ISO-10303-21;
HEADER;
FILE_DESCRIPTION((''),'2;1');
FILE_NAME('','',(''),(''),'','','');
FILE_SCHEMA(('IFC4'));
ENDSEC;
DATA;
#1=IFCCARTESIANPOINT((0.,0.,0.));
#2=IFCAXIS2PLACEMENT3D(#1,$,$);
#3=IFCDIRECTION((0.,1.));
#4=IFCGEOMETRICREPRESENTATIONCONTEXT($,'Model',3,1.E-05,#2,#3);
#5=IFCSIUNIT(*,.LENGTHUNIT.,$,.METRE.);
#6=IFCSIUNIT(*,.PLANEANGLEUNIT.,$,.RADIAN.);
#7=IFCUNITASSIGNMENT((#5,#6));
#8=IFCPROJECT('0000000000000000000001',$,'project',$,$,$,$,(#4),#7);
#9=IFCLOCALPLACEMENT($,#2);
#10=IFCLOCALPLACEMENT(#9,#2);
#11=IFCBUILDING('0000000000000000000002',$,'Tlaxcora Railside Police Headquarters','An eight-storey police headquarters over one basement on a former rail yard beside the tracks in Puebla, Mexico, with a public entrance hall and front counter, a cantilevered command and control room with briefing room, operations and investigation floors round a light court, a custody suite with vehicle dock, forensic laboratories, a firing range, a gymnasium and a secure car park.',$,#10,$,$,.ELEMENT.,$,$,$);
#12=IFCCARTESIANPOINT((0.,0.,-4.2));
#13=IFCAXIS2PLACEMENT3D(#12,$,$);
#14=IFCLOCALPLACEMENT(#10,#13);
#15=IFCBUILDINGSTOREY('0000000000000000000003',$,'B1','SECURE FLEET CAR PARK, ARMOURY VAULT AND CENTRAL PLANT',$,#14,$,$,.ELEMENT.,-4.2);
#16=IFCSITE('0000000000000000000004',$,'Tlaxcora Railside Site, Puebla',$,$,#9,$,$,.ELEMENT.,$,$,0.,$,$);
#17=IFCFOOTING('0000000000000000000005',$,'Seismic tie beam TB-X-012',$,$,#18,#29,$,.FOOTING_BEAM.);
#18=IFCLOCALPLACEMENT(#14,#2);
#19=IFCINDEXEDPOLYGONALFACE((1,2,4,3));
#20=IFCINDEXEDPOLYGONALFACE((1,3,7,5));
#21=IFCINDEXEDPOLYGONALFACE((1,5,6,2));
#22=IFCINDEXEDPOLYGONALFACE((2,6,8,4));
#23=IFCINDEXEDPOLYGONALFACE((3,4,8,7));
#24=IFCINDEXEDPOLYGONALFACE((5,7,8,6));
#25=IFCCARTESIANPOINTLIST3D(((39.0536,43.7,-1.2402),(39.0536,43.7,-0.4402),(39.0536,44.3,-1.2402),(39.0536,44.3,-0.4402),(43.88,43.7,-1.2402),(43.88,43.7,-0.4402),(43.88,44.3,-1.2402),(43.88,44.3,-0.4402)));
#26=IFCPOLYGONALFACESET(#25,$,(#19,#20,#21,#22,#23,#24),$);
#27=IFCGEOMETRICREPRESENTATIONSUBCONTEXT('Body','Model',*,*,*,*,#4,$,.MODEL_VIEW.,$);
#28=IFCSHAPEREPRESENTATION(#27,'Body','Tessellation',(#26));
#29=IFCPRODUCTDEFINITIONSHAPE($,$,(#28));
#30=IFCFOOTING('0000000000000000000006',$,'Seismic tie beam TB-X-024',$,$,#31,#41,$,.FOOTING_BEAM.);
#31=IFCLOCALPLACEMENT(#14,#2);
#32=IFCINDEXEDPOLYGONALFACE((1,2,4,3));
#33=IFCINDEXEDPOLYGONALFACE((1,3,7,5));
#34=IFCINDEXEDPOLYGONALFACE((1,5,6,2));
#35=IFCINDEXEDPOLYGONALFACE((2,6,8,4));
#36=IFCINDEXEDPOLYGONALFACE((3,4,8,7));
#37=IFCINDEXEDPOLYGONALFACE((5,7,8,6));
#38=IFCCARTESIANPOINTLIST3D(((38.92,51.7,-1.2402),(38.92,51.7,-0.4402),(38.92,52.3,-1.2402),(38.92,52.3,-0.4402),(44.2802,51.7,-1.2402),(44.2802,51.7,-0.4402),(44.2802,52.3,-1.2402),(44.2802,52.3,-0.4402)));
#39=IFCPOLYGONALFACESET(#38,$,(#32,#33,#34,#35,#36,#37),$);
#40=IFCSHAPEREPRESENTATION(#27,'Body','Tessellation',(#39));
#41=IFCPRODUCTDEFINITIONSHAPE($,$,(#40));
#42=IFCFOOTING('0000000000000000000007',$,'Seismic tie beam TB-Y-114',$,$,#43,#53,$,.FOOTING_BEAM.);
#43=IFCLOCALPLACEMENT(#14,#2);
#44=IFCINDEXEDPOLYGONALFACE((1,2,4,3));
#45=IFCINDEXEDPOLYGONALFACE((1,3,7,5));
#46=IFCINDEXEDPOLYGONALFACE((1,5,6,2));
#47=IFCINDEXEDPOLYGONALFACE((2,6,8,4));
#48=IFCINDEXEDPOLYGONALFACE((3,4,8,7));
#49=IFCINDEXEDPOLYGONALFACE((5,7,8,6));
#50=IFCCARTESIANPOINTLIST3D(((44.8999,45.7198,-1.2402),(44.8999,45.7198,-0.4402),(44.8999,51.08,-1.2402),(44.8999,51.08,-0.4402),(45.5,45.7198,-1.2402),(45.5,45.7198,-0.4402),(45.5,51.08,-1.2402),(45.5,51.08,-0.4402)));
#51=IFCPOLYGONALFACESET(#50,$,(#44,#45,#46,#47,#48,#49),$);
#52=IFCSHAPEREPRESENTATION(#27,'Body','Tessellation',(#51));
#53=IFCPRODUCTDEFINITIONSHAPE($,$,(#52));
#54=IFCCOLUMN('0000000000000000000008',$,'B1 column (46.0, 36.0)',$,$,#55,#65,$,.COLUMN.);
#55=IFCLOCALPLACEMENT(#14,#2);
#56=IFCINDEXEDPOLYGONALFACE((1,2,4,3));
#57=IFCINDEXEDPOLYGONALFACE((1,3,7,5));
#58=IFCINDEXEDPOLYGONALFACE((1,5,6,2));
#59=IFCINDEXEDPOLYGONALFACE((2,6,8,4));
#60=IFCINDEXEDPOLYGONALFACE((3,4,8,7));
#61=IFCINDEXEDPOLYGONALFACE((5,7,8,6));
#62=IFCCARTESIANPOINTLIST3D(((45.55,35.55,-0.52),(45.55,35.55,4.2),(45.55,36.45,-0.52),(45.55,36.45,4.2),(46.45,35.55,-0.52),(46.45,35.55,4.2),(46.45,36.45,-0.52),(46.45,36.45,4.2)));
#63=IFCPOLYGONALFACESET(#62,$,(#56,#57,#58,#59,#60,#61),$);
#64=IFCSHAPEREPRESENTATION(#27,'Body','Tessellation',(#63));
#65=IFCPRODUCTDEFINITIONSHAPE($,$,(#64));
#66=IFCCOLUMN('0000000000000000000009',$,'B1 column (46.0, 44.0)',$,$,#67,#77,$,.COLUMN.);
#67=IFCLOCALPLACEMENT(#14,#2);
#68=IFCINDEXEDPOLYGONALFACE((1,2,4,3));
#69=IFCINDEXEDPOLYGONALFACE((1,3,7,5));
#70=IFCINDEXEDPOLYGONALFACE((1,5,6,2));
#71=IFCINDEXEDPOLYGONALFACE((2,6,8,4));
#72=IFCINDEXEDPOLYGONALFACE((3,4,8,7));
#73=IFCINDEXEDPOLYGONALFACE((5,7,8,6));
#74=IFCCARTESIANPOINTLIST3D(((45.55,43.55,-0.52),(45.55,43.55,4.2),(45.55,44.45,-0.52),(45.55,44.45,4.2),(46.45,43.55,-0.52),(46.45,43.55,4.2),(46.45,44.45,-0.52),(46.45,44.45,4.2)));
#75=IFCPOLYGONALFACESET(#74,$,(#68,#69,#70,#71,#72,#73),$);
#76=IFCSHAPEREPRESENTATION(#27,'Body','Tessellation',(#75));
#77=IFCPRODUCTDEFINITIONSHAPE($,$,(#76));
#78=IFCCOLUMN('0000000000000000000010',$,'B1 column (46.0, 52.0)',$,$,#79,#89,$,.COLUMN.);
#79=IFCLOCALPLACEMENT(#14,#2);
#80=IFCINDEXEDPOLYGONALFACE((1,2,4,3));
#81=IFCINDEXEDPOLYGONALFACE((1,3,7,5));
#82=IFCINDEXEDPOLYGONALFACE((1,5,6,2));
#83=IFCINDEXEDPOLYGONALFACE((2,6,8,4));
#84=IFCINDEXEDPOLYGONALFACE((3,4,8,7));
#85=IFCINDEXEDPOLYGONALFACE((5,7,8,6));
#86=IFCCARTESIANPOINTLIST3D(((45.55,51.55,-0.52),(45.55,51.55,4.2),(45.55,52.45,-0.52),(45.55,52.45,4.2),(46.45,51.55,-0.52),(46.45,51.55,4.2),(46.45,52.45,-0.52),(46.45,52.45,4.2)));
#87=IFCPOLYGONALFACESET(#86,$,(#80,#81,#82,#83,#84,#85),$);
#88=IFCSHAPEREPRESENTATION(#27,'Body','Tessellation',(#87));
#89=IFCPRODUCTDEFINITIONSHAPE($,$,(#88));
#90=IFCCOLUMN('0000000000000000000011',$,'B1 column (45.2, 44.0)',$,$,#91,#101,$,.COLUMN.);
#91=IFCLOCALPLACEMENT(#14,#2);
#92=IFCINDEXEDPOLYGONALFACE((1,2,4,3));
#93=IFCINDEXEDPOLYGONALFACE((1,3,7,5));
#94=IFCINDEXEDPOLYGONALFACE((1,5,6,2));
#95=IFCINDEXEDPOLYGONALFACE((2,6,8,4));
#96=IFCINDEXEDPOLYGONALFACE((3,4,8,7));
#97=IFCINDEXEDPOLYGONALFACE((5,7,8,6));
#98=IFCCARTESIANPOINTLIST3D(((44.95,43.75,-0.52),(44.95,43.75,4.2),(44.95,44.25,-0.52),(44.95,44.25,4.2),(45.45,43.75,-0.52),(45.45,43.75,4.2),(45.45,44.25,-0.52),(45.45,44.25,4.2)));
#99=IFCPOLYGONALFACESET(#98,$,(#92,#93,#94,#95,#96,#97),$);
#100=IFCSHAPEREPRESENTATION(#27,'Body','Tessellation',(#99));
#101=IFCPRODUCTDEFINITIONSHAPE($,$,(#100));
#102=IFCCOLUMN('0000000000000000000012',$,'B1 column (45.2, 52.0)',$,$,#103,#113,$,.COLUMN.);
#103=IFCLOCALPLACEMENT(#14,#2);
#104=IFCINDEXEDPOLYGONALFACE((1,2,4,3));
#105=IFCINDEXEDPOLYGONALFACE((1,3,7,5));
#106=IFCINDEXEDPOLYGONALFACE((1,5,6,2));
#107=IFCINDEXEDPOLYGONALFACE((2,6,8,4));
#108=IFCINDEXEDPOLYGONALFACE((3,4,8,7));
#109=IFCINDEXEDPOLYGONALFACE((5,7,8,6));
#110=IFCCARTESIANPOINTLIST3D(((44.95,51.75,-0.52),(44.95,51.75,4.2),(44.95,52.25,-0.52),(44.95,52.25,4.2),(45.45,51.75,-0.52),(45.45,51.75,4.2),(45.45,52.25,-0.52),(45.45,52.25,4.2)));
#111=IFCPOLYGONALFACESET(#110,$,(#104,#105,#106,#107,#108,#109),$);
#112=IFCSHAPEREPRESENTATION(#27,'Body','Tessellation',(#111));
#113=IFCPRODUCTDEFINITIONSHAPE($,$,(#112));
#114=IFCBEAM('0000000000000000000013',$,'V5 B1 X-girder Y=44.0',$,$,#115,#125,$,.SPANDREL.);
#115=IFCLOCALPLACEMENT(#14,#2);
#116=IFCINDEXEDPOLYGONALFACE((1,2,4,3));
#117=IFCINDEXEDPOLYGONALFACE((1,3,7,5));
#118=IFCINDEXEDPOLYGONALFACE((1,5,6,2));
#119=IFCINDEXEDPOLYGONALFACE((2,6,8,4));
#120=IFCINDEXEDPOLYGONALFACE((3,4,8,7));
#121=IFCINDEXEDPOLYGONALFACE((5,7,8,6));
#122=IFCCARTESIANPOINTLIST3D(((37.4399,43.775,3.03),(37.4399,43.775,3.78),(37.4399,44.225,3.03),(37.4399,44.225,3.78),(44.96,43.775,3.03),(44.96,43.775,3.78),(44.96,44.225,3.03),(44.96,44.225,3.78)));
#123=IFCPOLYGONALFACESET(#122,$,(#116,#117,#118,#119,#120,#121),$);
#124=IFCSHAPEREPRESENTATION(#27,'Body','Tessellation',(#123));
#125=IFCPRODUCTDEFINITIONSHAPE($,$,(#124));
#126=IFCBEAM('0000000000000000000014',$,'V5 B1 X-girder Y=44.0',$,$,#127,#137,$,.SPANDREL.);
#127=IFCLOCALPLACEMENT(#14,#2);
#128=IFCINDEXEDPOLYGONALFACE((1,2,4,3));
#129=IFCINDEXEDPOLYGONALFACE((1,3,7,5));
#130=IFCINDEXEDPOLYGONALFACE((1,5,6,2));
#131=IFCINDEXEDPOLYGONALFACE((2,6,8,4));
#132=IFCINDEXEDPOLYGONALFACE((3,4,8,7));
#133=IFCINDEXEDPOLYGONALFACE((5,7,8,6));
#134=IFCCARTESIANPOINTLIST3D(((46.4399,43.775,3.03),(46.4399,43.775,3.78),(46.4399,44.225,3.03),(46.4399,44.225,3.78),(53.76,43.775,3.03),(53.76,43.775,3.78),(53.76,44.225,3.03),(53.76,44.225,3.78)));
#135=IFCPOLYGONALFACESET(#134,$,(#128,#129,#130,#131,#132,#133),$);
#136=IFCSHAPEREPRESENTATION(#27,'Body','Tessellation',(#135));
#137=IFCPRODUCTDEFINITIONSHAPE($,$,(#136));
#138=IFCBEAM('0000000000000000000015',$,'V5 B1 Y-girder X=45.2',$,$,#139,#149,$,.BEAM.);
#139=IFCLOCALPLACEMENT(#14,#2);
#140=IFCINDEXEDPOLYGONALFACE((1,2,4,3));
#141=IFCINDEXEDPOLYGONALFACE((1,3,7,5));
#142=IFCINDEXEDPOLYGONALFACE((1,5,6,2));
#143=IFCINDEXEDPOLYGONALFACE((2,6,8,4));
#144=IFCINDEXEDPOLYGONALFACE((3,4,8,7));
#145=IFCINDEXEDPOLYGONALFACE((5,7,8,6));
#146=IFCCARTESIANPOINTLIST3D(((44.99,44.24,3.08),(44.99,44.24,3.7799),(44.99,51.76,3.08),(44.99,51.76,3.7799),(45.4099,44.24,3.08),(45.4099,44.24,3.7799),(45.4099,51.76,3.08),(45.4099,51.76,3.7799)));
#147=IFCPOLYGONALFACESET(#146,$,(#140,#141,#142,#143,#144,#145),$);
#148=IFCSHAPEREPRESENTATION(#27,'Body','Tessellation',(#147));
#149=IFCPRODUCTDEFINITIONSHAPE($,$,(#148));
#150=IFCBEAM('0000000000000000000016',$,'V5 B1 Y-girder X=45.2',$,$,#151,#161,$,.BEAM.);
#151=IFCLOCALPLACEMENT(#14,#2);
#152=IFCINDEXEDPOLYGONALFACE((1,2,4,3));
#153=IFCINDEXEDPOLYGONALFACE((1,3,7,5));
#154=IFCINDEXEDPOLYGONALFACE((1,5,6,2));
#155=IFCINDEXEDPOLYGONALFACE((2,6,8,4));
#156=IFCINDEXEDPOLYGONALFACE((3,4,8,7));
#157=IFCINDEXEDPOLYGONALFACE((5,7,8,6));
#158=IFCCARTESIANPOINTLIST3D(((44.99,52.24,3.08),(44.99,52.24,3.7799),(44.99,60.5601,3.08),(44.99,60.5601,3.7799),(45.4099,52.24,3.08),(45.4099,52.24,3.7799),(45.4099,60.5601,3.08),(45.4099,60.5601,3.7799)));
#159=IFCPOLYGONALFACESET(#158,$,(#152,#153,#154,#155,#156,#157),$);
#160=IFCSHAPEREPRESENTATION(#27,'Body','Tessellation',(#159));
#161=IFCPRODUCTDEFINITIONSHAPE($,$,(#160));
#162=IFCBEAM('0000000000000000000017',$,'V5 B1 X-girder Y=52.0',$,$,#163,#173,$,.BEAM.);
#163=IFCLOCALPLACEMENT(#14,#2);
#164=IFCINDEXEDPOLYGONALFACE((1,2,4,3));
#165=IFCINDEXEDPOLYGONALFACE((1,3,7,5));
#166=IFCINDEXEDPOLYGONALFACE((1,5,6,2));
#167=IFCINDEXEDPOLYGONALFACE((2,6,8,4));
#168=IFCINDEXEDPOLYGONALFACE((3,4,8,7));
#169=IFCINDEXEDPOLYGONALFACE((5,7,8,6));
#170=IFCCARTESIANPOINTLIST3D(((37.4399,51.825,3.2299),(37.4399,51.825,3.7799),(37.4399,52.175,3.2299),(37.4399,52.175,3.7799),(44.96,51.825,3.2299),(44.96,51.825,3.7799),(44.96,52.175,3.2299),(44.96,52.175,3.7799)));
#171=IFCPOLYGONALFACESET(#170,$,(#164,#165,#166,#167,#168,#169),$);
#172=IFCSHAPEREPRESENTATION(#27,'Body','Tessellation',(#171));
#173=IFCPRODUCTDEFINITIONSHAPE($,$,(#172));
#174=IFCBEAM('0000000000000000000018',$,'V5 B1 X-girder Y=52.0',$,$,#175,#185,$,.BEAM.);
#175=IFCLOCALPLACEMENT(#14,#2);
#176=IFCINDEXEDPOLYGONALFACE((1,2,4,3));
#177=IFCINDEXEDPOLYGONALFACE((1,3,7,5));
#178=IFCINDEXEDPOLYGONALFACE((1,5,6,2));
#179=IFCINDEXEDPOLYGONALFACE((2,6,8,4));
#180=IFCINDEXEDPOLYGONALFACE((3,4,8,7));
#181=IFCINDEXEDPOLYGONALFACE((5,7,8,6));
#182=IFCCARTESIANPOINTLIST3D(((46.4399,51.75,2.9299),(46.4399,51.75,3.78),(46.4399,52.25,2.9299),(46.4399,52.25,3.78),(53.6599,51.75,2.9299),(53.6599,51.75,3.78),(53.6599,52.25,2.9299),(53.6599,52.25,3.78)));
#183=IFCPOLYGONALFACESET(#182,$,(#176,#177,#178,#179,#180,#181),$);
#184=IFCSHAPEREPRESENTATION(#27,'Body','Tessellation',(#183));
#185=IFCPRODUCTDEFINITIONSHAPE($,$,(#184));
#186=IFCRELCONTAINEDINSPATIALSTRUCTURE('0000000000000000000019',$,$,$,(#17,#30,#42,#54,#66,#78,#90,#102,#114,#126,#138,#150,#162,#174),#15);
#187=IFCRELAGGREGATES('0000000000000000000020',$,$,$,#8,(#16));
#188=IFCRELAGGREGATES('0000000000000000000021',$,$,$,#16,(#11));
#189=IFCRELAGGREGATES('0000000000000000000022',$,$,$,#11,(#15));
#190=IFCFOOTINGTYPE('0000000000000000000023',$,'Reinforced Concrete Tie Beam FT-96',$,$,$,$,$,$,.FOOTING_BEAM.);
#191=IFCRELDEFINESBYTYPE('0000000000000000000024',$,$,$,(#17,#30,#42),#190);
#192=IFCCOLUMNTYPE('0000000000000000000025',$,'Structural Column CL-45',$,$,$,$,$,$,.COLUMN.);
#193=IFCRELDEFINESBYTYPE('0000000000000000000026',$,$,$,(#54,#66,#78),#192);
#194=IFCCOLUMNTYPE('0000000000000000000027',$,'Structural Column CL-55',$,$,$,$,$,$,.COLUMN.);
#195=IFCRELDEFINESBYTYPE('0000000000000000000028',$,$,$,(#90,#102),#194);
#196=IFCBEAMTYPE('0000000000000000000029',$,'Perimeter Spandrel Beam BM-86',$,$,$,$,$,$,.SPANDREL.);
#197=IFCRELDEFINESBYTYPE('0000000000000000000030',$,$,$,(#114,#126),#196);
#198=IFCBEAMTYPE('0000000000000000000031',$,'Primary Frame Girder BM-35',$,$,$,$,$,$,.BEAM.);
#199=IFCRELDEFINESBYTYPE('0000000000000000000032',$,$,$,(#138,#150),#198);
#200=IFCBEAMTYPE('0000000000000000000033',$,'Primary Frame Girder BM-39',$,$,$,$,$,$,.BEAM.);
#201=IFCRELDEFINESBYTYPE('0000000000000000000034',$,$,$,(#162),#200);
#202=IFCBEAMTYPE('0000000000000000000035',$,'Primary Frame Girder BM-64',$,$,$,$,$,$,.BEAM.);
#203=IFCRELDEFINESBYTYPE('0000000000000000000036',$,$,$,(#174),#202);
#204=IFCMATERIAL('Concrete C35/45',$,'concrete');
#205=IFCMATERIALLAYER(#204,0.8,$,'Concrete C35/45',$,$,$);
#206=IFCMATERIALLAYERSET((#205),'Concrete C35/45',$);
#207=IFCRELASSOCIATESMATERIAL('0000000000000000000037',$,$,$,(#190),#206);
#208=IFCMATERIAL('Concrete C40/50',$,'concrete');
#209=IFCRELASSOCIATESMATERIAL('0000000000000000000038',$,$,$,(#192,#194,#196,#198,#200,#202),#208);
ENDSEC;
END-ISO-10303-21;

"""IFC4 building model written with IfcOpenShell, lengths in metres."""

from ifc_helpers import new_model, si_unit, direction, frame, origin, origin_2d, place, context, subcontext, project, spatial, rectangle, extrude, material, layer, layer_set, material_profile, profile_set, type_object, element, save


model = new_model("IFC4")

# Units and contexts
model_context = context("Model", 3, precision=1e-05, world=origin(), true_north=direction((0.0, 1.0)))
body_context = subcontext(model_context, "Body", "Model", "MODEL_VIEW")
ifc_project = project(units=[si_unit("LENGTHUNIT", "METRE"), si_unit("PLANEANGLEUNIT", "RADIAN")], contexts=[model_context])

# Site, building, storey
site_placement = place(None, origin())
site = spatial("IfcSite", under=ifc_project, at=site_placement, Name="Tlaxcora Railside Site, Puebla", CompositionType="ELEMENT", RefElevation=0.0)
building_placement = place(site_placement, origin())
building = spatial("IfcBuilding", under=site, at=building_placement, Name="Tlaxcora Railside Police Headquarters", Description="An eight-storey police headquarters over one basement on a former rail yard beside the tracks in Puebla, Mexico, with a public entrance hall and front counter, a cantilevered command and control room with briefing room, operations and investigation floors round a light court, a custody suite with vehicle dock, forensic laboratories, a firing range, a gymnasium and a secure car park.", CompositionType="ELEMENT")
storey_placement = place(building_placement, frame((0.0, 0.0, -4.2)))
storey = spatial("IfcBuildingStorey", under=building, at=storey_placement, Name="B1", Description="SECURE FLEET CAR PARK, ARMOURY VAULT AND CENTRAL PLANT", CompositionType="ELEMENT", Elevation=-4.2)

# Shared definitions
ifc_material_1 = material(Name="Concrete C35/45", Category="concrete")

# Footings
ifc_material_2 = material(Name="Concrete C40/50", Category="concrete")
ifc_layer_1 = layer(ifc_material_1, 0.8, Name="Concrete C35/45")
ifc_layer_set_1 = layer_set([ifc_layer_1], Name="Concrete C35/45")
footing_type_1 = type_object("IfcFootingType", Name="Reinforced Concrete Tie Beam FT-96", PredefinedType="FOOTING_BEAM", material=ifc_layer_set_1)
footing_1_placement = place(storey_placement, frame((41.4668, 44.0, -1.2402), z_axis=(0.0, 0.0, 1.0), x_axis=(1.0, 0.0, 0.0)))
element("IfcFooting", 1, at=footing_1_placement, inside=storey, type_object=footing_type_1, Name="Seismic tie beam TB-X-012", PredefinedType="FOOTING_BEAM", context=body_context, shape_type="SweptSolid", body=[
    extrude(rectangle(XDim=4.8264, YDim=0.6001, at=origin_2d()), origin(), (0.0, 0.0, 1.0), 0.8),
])
for number, where, z_axis, x_axis, name in (
    (2, (41.6001, 52.0, -1.2402), (0.0, 0.0, 1.0), (1.0, 0.0, 0.0), "Seismic tie beam TB-X-024"),
    (3, (45.2, 48.3999, -1.2402), (0.0, 0.0, 1.0), (0.0, 1.0, 0.0), "Seismic tie beam TB-Y-114"),
):
    element("IfcFooting", number, at=place(storey_placement, frame(where, z_axis=z_axis, x_axis=x_axis)), inside=storey, type_object=footing_type_1, Name=name, PredefinedType="FOOTING_BEAM", context=body_context, shape_type="SweptSolid", body=[
        extrude(rectangle(XDim=5.3601, YDim=0.6001, at=origin_2d()), origin(), (0.0, 0.0, 1.0), 0.8),
    ])

# Columns
ifc_material_profile_1 = material_profile(ifc_material_2, rectangle(XDim=0.8999, YDim=0.8999, at=origin_2d()), Name="RC900X900")
ifc_profile_set_1 = profile_set([ifc_material_profile_1], Name="Concrete C40/50")
column_type_1 = type_object("IfcColumnType", Name="Structural Column CL-45", PredefinedType="COLUMN", material=ifc_profile_set_1)
for number, where, z_axis, x_axis, name in (
    (4, (46.0, 36.0, -0.52), (0.0, 0.0, 1.0), (1.0, 0.0, 0.0), "B1 column (46.0, 36.0)"),
    (5, (46.0, 44.0, -0.52), (0.0, 0.0, 1.0), (1.0, 0.0, 0.0), "B1 column (46.0, 44.0)"),
    (6, (46.0, 52.0, -0.52), (0.0, 0.0, 1.0), (1.0, 0.0, 0.0), "B1 column (46.0, 52.0)"),
):
    element("IfcColumn", number, at=place(storey_placement, frame(where, z_axis=z_axis, x_axis=x_axis)), inside=storey, type_object=column_type_1, Name=name, PredefinedType="COLUMN", context=body_context, shape_type="SweptSolid", body=[
        extrude(rectangle(XDim=0.8999, YDim=0.8999, at=origin_2d()), origin(), (0.0, 0.0, 1.0), 4.72),
    ])
ifc_material_profile_2 = material_profile(ifc_material_2, rectangle(XDim=0.5, YDim=0.5, at=origin_2d()), Name="RC500X500")
ifc_profile_set_2 = profile_set([ifc_material_profile_2], Name="Concrete C40/50")
column_type_2 = type_object("IfcColumnType", Name="Structural Column CL-55", PredefinedType="COLUMN", material=ifc_profile_set_2)
for number, where, z_axis, x_axis, name in (
    (7, (45.2, 44.0, -0.52), (0.0, 0.0, 1.0), (1.0, 0.0, 0.0), "B1 column (45.2, 44.0)"),
    (8, (45.2, 52.0, -0.52), (0.0, 0.0, 1.0), (1.0, 0.0, 0.0), "B1 column (45.2, 52.0)"),
):
    element("IfcColumn", number, at=place(storey_placement, frame(where, z_axis=z_axis, x_axis=x_axis)), inside=storey, type_object=column_type_2, Name=name, PredefinedType="COLUMN", context=body_context, shape_type="SweptSolid", body=[
        extrude(rectangle(XDim=0.5, YDim=0.5, at=origin_2d()), origin(), (0.0, 0.0, 1.0), 4.72),
    ])

# Beams
ifc_material_profile_3 = material_profile(ifc_material_2, rectangle(XDim=0.45, YDim=0.75, at=origin_2d()), Name="RC450X750")
ifc_profile_set_3 = profile_set([ifc_material_profile_3], Name="Concrete C40/50")
beam_type_1 = type_object("IfcBeamType", Name="Perimeter Spandrel Beam BM-86", PredefinedType="SPANDREL", material=ifc_profile_set_3)
beam_1_placement = place(storey_placement, frame((37.4399, 44.0, 3.405), z_axis=(1.0, 0.0, 0.0), x_axis=(0.0, 1.0, 0.0)))
element("IfcBeam", 9, at=beam_1_placement, inside=storey, type_object=beam_type_1, Name="V5 B1 X-girder Y=44.0", PredefinedType="SPANDREL", context=body_context, shape_type="SweptSolid", body=[
    extrude(rectangle(XDim=0.45, YDim=0.75, at=origin_2d()), origin(), (0.0, 0.0, 1.0), 7.52),
])
beam_2_placement = place(storey_placement, frame((46.4399, 44.0, 3.405), z_axis=(1.0, 0.0, 0.0), x_axis=(0.0, 1.0, 0.0)))
element("IfcBeam", 10, at=beam_2_placement, inside=storey, type_object=beam_type_1, Name="V5 B1 X-girder Y=44.0", PredefinedType="SPANDREL", context=body_context, shape_type="SweptSolid", body=[
    extrude(rectangle(XDim=0.45, YDim=0.75, at=origin_2d()), origin(), (0.0, 0.0, 1.0), 7.3201),
])
ifc_material_profile_4 = material_profile(ifc_material_2, rectangle(XDim=0.4199, YDim=0.7, at=origin_2d()), Name="RC420X700")
ifc_profile_set_4 = profile_set([ifc_material_profile_4], Name="Concrete C40/50")
beam_type_2 = type_object("IfcBeamType", Name="Primary Frame Girder BM-35", PredefinedType="BEAM", material=ifc_profile_set_4)
beam_3_placement = place(storey_placement, frame((45.2, 44.24, 3.4299), z_axis=(0.0, 1.0, 0.0), x_axis=(-1.0, 0.0, 0.0)))
element("IfcBeam", 11, at=beam_3_placement, inside=storey, type_object=beam_type_2, Name="V5 B1 Y-girder X=45.2", PredefinedType="BEAM", context=body_context, shape_type="SweptSolid", body=[
    extrude(rectangle(XDim=0.4199, YDim=0.7, at=origin_2d()), origin(), (0.0, 0.0, 1.0), 7.52),
])
beam_4_placement = place(storey_placement, frame((45.2, 52.24, 3.4299), z_axis=(0.0, 1.0, 0.0), x_axis=(-1.0, 0.0, 0.0)))
element("IfcBeam", 12, at=beam_4_placement, inside=storey, type_object=beam_type_2, Name="V5 B1 Y-girder X=45.2", PredefinedType="BEAM", context=body_context, shape_type="SweptSolid", body=[
    extrude(rectangle(XDim=0.4199, YDim=0.7, at=origin_2d()), origin(), (0.0, 0.0, 1.0), 8.3201),
])
ifc_material_profile_5 = material_profile(ifc_material_2, rectangle(XDim=0.3501, YDim=0.55, at=origin_2d()), Name="RC350X550")
ifc_profile_set_5 = profile_set([ifc_material_profile_5], Name="Concrete C40/50")
beam_type_3 = type_object("IfcBeamType", Name="Primary Frame Girder BM-39", PredefinedType="BEAM", material=ifc_profile_set_5)
beam_5_placement = place(storey_placement, frame((37.4399, 52.0, 3.5049), z_axis=(1.0, 0.0, 0.0), x_axis=(0.0, 1.0, 0.0)))
element("IfcBeam", 13, at=beam_5_placement, inside=storey, type_object=beam_type_3, Name="V5 B1 X-girder Y=52.0", PredefinedType="BEAM", context=body_context, shape_type="SweptSolid", body=[
    extrude(rectangle(XDim=0.3501, YDim=0.55, at=origin_2d()), origin(), (0.0, 0.0, 1.0), 7.52),
])
ifc_material_profile_6 = material_profile(ifc_material_2, rectangle(XDim=0.5, YDim=0.8501, at=origin_2d()), Name="RC500X850")
ifc_profile_set_6 = profile_set([ifc_material_profile_6], Name="Concrete C40/50")
beam_type_4 = type_object("IfcBeamType", Name="Primary Frame Girder BM-64", PredefinedType="BEAM", material=ifc_profile_set_6)
beam_6_placement = place(storey_placement, frame((46.4399, 52.0, 3.355), z_axis=(1.0, 0.0, 0.0), x_axis=(0.0, 1.0, 0.0)))
element("IfcBeam", 14, at=beam_6_placement, inside=storey, type_object=beam_type_4, Name="V5 B1 X-girder Y=52.0", PredefinedType="BEAM", context=body_context, shape_type="SweptSolid", body=[
    extrude(rectangle(XDim=0.5, YDim=0.8501, at=origin_2d()), origin(), (0.0, 0.0, 1.0), 7.22),
])

save(model, "model.ifc")
